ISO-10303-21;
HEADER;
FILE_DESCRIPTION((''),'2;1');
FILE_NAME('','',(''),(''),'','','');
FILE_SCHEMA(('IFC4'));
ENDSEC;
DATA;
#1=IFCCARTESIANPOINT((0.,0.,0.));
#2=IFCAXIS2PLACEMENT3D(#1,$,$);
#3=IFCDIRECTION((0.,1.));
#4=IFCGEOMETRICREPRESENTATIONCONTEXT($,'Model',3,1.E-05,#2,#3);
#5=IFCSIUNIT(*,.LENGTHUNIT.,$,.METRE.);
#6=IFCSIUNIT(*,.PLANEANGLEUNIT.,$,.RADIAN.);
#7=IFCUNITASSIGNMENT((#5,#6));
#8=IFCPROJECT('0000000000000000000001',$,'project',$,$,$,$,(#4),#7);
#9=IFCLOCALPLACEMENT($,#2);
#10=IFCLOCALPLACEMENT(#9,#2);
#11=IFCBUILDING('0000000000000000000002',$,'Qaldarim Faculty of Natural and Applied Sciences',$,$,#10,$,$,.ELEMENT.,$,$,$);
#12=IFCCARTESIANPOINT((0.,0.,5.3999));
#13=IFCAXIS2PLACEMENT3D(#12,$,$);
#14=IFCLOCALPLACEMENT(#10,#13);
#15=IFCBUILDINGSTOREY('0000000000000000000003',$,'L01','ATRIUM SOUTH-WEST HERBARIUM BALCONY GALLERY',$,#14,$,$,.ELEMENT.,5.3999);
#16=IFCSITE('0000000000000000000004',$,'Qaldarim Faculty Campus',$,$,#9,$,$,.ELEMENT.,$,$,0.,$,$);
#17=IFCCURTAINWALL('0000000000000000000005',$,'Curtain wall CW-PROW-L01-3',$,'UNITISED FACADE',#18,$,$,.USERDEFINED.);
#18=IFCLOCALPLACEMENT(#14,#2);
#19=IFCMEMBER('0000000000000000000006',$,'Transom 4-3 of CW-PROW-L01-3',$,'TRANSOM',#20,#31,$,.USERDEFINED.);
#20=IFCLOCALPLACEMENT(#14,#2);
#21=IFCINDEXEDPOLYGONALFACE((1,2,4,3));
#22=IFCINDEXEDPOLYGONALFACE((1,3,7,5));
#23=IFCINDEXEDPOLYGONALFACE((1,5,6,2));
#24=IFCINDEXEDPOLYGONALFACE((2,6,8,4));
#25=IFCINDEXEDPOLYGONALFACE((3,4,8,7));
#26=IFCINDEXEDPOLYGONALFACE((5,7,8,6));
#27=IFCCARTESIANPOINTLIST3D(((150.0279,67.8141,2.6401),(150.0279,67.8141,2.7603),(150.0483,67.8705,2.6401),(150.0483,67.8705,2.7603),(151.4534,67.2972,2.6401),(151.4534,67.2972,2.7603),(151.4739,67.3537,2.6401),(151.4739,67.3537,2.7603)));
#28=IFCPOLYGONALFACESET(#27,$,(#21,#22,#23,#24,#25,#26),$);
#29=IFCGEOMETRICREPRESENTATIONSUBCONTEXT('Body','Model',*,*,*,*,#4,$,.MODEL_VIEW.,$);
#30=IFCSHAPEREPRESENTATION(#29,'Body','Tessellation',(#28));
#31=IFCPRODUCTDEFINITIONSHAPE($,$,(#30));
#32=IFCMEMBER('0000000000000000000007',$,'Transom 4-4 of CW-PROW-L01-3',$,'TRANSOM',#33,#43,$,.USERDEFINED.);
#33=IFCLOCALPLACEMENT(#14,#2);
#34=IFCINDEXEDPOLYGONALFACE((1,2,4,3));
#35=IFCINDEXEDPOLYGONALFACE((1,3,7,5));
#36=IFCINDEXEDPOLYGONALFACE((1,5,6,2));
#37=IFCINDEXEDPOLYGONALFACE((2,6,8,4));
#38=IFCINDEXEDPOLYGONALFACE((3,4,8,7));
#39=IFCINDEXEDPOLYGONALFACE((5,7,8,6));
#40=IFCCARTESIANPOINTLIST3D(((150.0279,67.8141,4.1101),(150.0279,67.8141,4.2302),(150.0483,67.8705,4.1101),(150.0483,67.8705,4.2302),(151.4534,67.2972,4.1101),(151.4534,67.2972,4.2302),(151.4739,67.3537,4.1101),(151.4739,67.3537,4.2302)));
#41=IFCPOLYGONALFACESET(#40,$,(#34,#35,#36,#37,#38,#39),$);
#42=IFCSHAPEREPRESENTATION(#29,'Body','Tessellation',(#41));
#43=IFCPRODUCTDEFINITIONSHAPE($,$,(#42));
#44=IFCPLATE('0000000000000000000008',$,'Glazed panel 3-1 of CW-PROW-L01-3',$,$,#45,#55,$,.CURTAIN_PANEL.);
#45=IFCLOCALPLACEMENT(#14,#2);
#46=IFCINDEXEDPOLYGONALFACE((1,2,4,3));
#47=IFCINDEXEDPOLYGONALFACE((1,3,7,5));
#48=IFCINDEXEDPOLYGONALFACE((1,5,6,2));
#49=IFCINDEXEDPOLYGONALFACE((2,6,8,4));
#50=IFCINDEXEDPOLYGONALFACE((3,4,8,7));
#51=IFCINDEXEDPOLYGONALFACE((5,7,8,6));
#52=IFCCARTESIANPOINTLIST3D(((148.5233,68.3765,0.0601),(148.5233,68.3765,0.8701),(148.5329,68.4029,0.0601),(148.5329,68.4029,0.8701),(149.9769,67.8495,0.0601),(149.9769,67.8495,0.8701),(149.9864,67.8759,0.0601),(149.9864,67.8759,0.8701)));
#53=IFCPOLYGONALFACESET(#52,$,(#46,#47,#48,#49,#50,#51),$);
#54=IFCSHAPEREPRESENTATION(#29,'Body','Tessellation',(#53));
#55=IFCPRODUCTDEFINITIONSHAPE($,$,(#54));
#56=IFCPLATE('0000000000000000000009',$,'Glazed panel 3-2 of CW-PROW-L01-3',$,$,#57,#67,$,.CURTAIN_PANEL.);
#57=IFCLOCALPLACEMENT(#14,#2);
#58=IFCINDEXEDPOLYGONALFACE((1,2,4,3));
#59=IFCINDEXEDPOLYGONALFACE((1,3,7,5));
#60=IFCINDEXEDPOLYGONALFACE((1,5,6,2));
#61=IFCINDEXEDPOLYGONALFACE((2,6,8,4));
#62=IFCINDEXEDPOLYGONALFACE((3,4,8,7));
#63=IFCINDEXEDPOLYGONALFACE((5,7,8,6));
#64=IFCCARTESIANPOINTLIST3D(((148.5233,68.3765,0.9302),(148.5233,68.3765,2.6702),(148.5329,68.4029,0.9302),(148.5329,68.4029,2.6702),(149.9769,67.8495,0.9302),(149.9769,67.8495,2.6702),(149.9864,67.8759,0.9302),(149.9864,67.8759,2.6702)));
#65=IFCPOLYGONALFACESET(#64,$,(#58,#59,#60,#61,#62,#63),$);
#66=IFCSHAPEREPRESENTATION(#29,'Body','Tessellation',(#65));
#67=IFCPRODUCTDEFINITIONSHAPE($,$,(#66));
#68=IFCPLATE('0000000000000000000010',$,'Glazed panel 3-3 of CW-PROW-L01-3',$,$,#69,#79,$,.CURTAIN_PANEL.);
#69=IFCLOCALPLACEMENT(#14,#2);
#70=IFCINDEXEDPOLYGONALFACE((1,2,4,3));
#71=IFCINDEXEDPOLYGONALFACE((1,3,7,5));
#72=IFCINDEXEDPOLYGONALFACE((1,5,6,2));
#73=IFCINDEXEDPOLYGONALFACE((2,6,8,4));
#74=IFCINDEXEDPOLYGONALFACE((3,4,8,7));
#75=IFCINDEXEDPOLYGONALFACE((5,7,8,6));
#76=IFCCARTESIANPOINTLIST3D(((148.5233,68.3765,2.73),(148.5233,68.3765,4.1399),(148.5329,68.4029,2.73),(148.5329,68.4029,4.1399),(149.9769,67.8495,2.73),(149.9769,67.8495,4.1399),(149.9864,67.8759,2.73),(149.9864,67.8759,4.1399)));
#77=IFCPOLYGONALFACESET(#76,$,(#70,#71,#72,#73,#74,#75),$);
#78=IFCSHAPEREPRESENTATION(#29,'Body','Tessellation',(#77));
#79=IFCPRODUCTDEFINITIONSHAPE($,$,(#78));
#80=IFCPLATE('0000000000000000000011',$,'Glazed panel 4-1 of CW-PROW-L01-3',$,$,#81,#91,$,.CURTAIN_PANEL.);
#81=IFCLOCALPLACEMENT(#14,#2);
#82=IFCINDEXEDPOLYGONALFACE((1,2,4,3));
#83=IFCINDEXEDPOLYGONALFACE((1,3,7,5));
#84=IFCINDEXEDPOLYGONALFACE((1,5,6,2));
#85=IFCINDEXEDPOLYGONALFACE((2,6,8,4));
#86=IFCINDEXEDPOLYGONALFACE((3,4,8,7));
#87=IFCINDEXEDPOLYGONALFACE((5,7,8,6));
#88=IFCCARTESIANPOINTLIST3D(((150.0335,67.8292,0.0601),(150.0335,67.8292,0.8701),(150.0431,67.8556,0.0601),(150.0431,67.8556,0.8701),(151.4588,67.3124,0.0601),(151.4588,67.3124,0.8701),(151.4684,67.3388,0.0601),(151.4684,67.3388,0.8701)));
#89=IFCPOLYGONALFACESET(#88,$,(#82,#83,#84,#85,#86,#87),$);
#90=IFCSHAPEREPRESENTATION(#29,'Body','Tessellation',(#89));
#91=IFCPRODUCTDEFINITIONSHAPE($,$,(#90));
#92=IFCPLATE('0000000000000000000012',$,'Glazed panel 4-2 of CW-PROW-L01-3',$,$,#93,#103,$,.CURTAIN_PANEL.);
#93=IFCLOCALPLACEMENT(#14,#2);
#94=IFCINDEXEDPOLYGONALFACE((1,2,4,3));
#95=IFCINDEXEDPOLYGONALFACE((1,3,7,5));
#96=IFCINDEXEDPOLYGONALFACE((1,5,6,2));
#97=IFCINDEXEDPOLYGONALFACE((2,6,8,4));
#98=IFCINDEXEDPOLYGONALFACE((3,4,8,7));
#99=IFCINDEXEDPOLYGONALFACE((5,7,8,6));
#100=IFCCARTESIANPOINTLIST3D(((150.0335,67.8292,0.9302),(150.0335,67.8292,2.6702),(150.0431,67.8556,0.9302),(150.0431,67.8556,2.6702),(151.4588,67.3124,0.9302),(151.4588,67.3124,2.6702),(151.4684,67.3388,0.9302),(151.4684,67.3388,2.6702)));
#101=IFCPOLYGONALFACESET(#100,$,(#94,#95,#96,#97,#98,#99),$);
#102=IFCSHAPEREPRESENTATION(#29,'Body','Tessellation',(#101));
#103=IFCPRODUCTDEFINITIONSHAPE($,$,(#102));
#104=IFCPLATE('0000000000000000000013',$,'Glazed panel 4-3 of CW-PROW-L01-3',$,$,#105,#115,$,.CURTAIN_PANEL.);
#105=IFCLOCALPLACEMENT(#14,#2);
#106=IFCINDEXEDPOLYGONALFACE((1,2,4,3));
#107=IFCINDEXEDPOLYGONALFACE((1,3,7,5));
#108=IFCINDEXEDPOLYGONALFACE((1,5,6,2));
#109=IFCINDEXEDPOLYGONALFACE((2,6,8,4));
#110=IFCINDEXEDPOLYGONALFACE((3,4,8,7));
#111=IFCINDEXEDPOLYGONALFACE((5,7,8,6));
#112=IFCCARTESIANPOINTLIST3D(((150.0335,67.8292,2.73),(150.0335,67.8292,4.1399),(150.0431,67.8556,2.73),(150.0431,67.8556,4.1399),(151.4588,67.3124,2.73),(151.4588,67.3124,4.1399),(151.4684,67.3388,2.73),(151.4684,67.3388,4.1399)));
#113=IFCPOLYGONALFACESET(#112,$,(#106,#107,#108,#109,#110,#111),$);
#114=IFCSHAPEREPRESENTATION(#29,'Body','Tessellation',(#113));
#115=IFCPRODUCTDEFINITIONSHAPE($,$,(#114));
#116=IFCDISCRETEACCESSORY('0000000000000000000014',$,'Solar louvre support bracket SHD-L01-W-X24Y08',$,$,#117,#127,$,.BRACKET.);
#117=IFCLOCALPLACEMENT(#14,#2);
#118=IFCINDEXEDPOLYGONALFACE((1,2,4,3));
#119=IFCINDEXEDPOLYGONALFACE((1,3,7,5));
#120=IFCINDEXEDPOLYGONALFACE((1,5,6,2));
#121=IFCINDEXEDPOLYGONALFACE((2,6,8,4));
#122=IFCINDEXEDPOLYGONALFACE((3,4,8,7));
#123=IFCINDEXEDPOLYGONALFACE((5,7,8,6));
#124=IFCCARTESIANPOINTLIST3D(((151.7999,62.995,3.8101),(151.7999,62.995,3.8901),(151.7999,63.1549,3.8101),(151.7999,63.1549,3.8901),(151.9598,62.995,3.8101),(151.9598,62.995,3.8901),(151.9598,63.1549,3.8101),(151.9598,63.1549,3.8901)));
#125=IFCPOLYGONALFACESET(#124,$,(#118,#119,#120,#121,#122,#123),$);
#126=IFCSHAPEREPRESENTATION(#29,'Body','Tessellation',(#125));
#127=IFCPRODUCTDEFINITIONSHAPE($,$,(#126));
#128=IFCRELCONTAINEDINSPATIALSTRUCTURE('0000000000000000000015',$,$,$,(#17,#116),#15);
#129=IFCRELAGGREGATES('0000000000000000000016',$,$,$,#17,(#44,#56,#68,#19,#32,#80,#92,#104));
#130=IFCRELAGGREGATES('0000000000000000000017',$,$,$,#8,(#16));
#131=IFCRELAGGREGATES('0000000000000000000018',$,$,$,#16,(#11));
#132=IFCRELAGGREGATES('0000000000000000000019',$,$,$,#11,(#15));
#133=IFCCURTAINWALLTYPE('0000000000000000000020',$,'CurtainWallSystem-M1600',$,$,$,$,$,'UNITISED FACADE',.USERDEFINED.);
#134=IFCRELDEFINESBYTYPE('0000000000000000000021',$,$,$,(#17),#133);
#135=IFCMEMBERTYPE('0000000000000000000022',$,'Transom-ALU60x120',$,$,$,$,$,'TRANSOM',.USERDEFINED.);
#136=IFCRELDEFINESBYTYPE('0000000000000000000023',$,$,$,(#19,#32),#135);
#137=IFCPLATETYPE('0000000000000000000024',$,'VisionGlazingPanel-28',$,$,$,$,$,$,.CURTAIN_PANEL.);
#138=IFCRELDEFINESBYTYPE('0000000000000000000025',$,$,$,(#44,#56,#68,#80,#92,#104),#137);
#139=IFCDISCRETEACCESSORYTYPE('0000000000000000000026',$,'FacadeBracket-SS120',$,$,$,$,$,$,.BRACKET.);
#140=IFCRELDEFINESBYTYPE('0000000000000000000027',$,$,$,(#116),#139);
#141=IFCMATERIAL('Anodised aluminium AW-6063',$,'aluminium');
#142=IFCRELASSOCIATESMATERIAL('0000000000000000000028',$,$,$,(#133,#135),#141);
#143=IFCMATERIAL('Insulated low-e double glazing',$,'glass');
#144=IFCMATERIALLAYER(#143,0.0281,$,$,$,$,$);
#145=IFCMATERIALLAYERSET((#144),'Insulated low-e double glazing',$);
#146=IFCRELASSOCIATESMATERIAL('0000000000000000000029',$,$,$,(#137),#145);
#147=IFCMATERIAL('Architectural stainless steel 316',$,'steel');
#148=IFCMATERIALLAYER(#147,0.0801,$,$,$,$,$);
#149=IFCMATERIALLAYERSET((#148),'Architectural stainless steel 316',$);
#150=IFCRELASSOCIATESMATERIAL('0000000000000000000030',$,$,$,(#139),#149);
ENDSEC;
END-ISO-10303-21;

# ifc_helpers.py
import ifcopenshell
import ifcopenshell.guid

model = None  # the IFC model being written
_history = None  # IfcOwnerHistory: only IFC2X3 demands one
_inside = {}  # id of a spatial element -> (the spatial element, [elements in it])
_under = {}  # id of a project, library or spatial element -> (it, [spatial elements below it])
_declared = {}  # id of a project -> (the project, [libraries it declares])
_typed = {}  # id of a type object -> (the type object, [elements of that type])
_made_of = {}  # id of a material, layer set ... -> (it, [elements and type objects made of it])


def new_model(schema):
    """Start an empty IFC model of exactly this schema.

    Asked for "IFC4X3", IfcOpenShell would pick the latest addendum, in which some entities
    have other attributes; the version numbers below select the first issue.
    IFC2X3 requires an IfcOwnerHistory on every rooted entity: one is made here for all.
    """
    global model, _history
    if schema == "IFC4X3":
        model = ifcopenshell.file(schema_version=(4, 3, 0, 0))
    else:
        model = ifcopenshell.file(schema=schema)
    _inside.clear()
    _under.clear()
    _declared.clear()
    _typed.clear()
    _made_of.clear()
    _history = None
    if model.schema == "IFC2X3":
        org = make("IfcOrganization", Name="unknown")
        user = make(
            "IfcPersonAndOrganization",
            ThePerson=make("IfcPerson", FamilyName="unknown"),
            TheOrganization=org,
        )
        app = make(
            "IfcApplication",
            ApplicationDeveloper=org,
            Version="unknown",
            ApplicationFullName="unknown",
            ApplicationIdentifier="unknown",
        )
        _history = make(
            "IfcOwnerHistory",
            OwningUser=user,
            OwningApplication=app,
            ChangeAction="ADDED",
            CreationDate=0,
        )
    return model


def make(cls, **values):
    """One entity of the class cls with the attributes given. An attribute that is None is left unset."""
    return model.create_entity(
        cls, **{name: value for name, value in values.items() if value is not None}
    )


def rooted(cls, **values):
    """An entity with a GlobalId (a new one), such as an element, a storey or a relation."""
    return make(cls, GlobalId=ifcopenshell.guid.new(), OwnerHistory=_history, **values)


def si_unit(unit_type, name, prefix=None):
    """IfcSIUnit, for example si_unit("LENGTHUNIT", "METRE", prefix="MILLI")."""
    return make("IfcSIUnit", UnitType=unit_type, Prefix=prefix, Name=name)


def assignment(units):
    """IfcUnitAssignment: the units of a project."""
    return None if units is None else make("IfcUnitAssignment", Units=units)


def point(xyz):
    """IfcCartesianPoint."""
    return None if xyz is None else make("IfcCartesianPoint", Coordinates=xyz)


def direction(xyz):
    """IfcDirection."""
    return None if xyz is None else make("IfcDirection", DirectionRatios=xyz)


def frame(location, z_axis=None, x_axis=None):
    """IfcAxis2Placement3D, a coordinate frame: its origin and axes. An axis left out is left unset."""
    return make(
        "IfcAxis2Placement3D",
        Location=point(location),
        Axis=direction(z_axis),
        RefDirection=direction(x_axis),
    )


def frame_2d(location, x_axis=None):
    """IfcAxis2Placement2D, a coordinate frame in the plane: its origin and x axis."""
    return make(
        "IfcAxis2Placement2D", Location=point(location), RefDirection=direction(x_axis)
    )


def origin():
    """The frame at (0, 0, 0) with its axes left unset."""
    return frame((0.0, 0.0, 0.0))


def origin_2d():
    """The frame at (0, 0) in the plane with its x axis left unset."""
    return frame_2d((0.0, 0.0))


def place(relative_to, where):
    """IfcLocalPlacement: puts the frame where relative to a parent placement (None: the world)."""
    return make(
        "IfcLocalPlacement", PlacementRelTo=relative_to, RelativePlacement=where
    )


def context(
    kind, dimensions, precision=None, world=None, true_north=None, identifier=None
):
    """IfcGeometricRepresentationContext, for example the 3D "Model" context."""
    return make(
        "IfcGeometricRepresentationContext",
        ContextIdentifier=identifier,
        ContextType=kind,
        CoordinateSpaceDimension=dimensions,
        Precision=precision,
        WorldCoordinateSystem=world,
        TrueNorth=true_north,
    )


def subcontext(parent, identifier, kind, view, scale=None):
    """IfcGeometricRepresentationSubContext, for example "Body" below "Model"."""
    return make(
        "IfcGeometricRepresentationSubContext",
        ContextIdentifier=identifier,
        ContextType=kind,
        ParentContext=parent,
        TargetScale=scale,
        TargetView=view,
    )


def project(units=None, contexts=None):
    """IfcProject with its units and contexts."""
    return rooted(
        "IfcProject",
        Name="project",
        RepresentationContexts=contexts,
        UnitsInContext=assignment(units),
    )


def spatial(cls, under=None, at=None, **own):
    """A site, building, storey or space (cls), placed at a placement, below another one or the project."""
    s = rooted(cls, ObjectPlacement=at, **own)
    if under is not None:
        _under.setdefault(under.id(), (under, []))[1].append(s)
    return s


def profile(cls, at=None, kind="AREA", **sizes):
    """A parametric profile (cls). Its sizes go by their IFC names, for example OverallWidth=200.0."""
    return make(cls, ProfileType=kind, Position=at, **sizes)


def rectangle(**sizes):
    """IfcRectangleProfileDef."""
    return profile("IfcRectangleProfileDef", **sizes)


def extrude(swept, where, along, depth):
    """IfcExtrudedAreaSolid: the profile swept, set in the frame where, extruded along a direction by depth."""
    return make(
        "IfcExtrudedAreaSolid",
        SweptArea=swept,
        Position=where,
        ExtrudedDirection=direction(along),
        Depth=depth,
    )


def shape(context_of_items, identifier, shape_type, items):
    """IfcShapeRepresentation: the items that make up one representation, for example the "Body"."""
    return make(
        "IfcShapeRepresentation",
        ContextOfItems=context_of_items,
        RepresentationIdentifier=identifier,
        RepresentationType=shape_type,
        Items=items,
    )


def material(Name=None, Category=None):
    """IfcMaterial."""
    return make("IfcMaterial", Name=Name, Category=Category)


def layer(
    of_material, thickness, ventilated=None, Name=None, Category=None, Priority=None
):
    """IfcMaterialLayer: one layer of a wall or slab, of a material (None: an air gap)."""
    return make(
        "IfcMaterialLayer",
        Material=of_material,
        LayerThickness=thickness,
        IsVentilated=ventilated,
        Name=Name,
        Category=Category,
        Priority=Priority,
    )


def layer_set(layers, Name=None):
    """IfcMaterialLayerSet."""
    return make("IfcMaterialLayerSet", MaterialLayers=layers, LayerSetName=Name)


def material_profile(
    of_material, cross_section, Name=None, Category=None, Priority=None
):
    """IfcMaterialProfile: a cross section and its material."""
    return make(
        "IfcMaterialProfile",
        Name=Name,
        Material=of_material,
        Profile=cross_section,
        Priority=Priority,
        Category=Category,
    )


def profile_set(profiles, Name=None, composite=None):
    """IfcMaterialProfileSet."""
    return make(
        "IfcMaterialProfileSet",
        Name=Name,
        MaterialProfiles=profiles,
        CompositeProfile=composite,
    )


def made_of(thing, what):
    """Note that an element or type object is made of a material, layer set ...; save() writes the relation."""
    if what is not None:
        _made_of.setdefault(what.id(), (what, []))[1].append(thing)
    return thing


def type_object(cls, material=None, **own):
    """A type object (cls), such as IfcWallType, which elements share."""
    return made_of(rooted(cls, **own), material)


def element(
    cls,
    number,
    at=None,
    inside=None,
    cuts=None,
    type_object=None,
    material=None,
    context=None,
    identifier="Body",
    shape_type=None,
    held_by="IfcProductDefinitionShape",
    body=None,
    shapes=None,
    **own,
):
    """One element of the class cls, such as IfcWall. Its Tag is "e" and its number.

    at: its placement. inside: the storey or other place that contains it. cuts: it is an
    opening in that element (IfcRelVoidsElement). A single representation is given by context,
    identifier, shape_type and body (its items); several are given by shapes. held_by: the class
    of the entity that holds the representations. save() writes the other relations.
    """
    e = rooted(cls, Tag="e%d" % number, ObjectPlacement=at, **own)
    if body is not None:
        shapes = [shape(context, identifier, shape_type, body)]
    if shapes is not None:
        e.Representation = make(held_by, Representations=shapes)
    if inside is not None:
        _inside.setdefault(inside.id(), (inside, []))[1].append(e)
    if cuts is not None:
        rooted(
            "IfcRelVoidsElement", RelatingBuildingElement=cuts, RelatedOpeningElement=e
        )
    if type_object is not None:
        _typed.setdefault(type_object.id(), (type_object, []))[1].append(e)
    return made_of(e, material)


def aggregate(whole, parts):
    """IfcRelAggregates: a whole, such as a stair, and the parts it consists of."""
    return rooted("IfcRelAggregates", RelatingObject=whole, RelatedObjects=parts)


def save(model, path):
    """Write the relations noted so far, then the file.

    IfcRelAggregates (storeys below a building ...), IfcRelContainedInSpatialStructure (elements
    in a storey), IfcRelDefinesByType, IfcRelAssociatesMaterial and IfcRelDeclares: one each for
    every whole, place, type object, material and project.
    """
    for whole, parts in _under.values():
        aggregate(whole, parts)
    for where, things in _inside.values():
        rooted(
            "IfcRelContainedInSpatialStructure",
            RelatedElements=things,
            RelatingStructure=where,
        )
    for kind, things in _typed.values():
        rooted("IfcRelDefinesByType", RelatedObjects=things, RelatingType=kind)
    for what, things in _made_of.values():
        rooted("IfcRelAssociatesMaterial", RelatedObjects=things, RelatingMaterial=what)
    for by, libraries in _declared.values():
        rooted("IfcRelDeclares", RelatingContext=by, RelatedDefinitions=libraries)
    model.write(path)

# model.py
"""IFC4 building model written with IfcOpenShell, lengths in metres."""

from ifc_helpers import new_model, si_unit, direction, frame, origin, origin_2d, place, context, subcontext, project, spatial, rectangle, extrude, material, layer, layer_set, material_profile, profile_set, type_object, element, aggregate, save


model = new_model("IFC4")

# Units and contexts
model_context = context("Model", 3, precision=1e-05, world=origin(), true_north=direction((0.0, 1.0)))
body_context = subcontext(model_context, "Body", "Model", "MODEL_VIEW")
ifc_project = project(units=[si_unit("LENGTHUNIT", "METRE"), si_unit("PLANEANGLEUNIT", "RADIAN")], contexts=[model_context])

# Site, building, storey
site_placement = place(None, origin())
site = spatial("IfcSite", under=ifc_project, at=site_placement, Name="Qaldarim Faculty Campus", CompositionType="ELEMENT", RefElevation=0.0)
building_placement = place(site_placement, origin())
building = spatial("IfcBuilding", under=site, at=building_placement, Name="Qaldarim Faculty of Natural and Applied Sciences", CompositionType="ELEMENT")
storey_placement = place(building_placement, frame((0.0, 0.0, 5.3999)))
storey = spatial("IfcBuildingStorey", under=building, at=storey_placement, Name="L01", Description="ATRIUM SOUTH-WEST HERBARIUM BALCONY GALLERY", CompositionType="ELEMENT", Elevation=5.3999)

# Shared definitions
ifc_material_1 = material(Name="Anodised aluminium AW-6063", Category="aluminium")
curtain_wall_type = type_object("IfcCurtainWallType", Name="CurtainWallSystem-M1600", ElementType="UNITISED FACADE", PredefinedType="USERDEFINED", material=ifc_material_1)

# Curtain wall
curtain_wall_1_placement = place(storey_placement, origin())
curtain_wall_1 = element("IfcCurtainWall", 1, at=curtain_wall_1_placement, inside=storey, type_object=curtain_wall_type, Name="Curtain wall CW-PROW-L01-3", ObjectType="UNITISED FACADE", PredefinedType="USERDEFINED")

# Members
ifc_material_profile_1 = material_profile(ifc_material_1, rectangle(XDim=0.0601, YDim=0.1201, at=origin_2d()), Name="ALU-T60x120")
ifc_profile_set_1 = profile_set([ifc_material_profile_1], Name="Anodised aluminium AW-6063")
member_type_1 = type_object("IfcMemberType", Name="Transom-ALU60x120", ElementType="TRANSOM", PredefinedType="USERDEFINED", material=ifc_profile_set_1)
member_1_placement = place(storey_placement, frame((150.0381, 67.8423, 2.7002), z_axis=(0.940117, -0.340851, 0.0), x_axis=(0.340851, 0.940117, 0.0)))
member_1 = element("IfcMember", 2, at=member_1_placement, type_object=member_type_1, Name="Transom 4-3 of CW-PROW-L01-3", ObjectType="TRANSOM", PredefinedType="USERDEFINED", context=body_context, shape_type="SweptSolid", body=[
    extrude(rectangle(XDim=0.0601, YDim=0.1201, at=origin_2d()), origin(), (0.0, 0.0, 1.0), 1.5164),
])
member_2_placement = place(storey_placement, frame((150.0381, 67.8423, 4.1702), z_axis=(0.940117, -0.340851, 0.0), x_axis=(0.340851, 0.940117, 0.0)))
member_2 = element("IfcMember", 3, at=member_2_placement, type_object=member_type_1, Name="Transom 4-4 of CW-PROW-L01-3", ObjectType="TRANSOM", PredefinedType="USERDEFINED", context=body_context, shape_type="SweptSolid", body=[
    extrude(rectangle(XDim=0.0601, YDim=0.1201, at=origin_2d()), origin(), (0.0, 0.0, 1.0), 1.5164),
])

# Plates
ifc_material_2 = material(Name="Insulated low-e double glazing", Category="glass")
ifc_layer_1 = layer(ifc_material_2, 0.0281)
ifc_layer_set_1 = layer_set([ifc_layer_1], Name="Insulated low-e double glazing")
plate_type = type_object("IfcPlateType", Name="VisionGlazingPanel-28", PredefinedType="CURTAIN_PANEL", material=ifc_layer_set_1)
plate_1_placement = place(storey_placement, frame((149.2549, 68.1262, 0.0601), z_axis=(0.0, 0.0, 1.0), x_axis=(0.94011, -0.340872, 0.0)))
plate_1 = element("IfcPlate", 4, at=plate_1_placement, type_object=plate_type, Name="Glazed panel 3-1 of CW-PROW-L01-3", PredefinedType="CURTAIN_PANEL", context=body_context, shape_type="SweptSolid", body=[
    extrude(rectangle(XDim=1.5461, YDim=0.0281, at=origin_2d()), origin(), (0.0, 0.0, 1.0), 0.8101),
])
plate_2_placement = place(storey_placement, frame((149.2549, 68.1262, 0.9302), z_axis=(0.0, 0.0, 1.0), x_axis=(0.94011, -0.340872, 0.0)))
plate_2 = element("IfcPlate", 5, at=plate_2_placement, type_object=plate_type, Name="Glazed panel 3-2 of CW-PROW-L01-3", PredefinedType="CURTAIN_PANEL", context=body_context, shape_type="SweptSolid", body=[
    extrude(rectangle(XDim=1.5461, YDim=0.0281, at=origin_2d()), origin(), (0.0, 0.0, 1.0), 1.74),
])
plate_3_placement = place(storey_placement, frame((149.2549, 68.1262, 2.73), z_axis=(0.0, 0.0, 1.0), x_axis=(0.94011, -0.340872, 0.0)))
plate_3 = element("IfcPlate", 6, at=plate_3_placement, type_object=plate_type, Name="Glazed panel 3-3 of CW-PROW-L01-3", PredefinedType="CURTAIN_PANEL", context=body_context, shape_type="SweptSolid", body=[
    extrude(rectangle(XDim=1.5461, YDim=0.0281, at=origin_2d()), origin(), (0.0, 0.0, 1.0), 1.4099),
])
plate_4_placement = place(storey_placement, frame((150.751, 67.584, 0.0601), z_axis=(0.0, 0.0, 1.0), x_axis=(0.94011, -0.340872, 0.0)))
plate_4 = element("IfcPlate", 7, at=plate_4_placement, type_object=plate_type, Name="Glazed panel 4-1 of CW-PROW-L01-3", PredefinedType="CURTAIN_PANEL", context=body_context, shape_type="SweptSolid", body=[
    extrude(rectangle(XDim=1.5161, YDim=0.0281, at=origin_2d()), origin(), (0.0, 0.0, 1.0), 0.8101),
])
plate_5_placement = place(storey_placement, frame((150.751, 67.584, 0.9302), z_axis=(0.0, 0.0, 1.0), x_axis=(0.94011, -0.340872, 0.0)))
plate_5 = element("IfcPlate", 8, at=plate_5_placement, type_object=plate_type, Name="Glazed panel 4-2 of CW-PROW-L01-3", PredefinedType="CURTAIN_PANEL", context=body_context, shape_type="SweptSolid", body=[
    extrude(rectangle(XDim=1.5161, YDim=0.0281, at=origin_2d()), origin(), (0.0, 0.0, 1.0), 1.74),
])
plate_6_placement = place(storey_placement, frame((150.751, 67.584, 2.73), z_axis=(0.0, 0.0, 1.0), x_axis=(0.94011, -0.340872, 0.0)))
plate_6 = element("IfcPlate", 9, at=plate_6_placement, type_object=plate_type, Name="Glazed panel 4-3 of CW-PROW-L01-3", PredefinedType="CURTAIN_PANEL", context=body_context, shape_type="SweptSolid", body=[
    extrude(rectangle(XDim=1.5161, YDim=0.0281, at=origin_2d()), origin(), (0.0, 0.0, 1.0), 1.4099),
])
aggregate(curtain_wall_1, [plate_1, plate_2, plate_3, member_1, member_2, plate_4, plate_5, plate_6])

# Discrete accessory
ifc_material_3 = material(Name="Architectural stainless steel 316", Category="steel")
ifc_layer_2 = layer(ifc_material_3, 0.0801)
ifc_layer_set_2 = layer_set([ifc_layer_2], Name="Architectural stainless steel 316")
discrete_accessory_type = type_object("IfcDiscreteAccessoryType", Name="FacadeBracket-SS120", PredefinedType="BRACKET", material=ifc_layer_set_2)
discrete_accessory_placement = place(storey_placement, frame((151.8799, 63.075, 3.8101), z_axis=(0.0, 0.0, 1.0), x_axis=(0.0, 1.0, 0.0)))
element("IfcDiscreteAccessory", 10, at=discrete_accessory_placement, inside=storey, type_object=discrete_accessory_type, Name="Solar louvre support bracket SHD-L01-W-X24Y08", PredefinedType="BRACKET", context=body_context, shape_type="SweptSolid", body=[
    extrude(rectangle(XDim=0.1599, YDim=0.1599, at=origin_2d()), origin(), (0.0, 0.0, 1.0), 0.0801),
])

save(model, "model.ifc")
